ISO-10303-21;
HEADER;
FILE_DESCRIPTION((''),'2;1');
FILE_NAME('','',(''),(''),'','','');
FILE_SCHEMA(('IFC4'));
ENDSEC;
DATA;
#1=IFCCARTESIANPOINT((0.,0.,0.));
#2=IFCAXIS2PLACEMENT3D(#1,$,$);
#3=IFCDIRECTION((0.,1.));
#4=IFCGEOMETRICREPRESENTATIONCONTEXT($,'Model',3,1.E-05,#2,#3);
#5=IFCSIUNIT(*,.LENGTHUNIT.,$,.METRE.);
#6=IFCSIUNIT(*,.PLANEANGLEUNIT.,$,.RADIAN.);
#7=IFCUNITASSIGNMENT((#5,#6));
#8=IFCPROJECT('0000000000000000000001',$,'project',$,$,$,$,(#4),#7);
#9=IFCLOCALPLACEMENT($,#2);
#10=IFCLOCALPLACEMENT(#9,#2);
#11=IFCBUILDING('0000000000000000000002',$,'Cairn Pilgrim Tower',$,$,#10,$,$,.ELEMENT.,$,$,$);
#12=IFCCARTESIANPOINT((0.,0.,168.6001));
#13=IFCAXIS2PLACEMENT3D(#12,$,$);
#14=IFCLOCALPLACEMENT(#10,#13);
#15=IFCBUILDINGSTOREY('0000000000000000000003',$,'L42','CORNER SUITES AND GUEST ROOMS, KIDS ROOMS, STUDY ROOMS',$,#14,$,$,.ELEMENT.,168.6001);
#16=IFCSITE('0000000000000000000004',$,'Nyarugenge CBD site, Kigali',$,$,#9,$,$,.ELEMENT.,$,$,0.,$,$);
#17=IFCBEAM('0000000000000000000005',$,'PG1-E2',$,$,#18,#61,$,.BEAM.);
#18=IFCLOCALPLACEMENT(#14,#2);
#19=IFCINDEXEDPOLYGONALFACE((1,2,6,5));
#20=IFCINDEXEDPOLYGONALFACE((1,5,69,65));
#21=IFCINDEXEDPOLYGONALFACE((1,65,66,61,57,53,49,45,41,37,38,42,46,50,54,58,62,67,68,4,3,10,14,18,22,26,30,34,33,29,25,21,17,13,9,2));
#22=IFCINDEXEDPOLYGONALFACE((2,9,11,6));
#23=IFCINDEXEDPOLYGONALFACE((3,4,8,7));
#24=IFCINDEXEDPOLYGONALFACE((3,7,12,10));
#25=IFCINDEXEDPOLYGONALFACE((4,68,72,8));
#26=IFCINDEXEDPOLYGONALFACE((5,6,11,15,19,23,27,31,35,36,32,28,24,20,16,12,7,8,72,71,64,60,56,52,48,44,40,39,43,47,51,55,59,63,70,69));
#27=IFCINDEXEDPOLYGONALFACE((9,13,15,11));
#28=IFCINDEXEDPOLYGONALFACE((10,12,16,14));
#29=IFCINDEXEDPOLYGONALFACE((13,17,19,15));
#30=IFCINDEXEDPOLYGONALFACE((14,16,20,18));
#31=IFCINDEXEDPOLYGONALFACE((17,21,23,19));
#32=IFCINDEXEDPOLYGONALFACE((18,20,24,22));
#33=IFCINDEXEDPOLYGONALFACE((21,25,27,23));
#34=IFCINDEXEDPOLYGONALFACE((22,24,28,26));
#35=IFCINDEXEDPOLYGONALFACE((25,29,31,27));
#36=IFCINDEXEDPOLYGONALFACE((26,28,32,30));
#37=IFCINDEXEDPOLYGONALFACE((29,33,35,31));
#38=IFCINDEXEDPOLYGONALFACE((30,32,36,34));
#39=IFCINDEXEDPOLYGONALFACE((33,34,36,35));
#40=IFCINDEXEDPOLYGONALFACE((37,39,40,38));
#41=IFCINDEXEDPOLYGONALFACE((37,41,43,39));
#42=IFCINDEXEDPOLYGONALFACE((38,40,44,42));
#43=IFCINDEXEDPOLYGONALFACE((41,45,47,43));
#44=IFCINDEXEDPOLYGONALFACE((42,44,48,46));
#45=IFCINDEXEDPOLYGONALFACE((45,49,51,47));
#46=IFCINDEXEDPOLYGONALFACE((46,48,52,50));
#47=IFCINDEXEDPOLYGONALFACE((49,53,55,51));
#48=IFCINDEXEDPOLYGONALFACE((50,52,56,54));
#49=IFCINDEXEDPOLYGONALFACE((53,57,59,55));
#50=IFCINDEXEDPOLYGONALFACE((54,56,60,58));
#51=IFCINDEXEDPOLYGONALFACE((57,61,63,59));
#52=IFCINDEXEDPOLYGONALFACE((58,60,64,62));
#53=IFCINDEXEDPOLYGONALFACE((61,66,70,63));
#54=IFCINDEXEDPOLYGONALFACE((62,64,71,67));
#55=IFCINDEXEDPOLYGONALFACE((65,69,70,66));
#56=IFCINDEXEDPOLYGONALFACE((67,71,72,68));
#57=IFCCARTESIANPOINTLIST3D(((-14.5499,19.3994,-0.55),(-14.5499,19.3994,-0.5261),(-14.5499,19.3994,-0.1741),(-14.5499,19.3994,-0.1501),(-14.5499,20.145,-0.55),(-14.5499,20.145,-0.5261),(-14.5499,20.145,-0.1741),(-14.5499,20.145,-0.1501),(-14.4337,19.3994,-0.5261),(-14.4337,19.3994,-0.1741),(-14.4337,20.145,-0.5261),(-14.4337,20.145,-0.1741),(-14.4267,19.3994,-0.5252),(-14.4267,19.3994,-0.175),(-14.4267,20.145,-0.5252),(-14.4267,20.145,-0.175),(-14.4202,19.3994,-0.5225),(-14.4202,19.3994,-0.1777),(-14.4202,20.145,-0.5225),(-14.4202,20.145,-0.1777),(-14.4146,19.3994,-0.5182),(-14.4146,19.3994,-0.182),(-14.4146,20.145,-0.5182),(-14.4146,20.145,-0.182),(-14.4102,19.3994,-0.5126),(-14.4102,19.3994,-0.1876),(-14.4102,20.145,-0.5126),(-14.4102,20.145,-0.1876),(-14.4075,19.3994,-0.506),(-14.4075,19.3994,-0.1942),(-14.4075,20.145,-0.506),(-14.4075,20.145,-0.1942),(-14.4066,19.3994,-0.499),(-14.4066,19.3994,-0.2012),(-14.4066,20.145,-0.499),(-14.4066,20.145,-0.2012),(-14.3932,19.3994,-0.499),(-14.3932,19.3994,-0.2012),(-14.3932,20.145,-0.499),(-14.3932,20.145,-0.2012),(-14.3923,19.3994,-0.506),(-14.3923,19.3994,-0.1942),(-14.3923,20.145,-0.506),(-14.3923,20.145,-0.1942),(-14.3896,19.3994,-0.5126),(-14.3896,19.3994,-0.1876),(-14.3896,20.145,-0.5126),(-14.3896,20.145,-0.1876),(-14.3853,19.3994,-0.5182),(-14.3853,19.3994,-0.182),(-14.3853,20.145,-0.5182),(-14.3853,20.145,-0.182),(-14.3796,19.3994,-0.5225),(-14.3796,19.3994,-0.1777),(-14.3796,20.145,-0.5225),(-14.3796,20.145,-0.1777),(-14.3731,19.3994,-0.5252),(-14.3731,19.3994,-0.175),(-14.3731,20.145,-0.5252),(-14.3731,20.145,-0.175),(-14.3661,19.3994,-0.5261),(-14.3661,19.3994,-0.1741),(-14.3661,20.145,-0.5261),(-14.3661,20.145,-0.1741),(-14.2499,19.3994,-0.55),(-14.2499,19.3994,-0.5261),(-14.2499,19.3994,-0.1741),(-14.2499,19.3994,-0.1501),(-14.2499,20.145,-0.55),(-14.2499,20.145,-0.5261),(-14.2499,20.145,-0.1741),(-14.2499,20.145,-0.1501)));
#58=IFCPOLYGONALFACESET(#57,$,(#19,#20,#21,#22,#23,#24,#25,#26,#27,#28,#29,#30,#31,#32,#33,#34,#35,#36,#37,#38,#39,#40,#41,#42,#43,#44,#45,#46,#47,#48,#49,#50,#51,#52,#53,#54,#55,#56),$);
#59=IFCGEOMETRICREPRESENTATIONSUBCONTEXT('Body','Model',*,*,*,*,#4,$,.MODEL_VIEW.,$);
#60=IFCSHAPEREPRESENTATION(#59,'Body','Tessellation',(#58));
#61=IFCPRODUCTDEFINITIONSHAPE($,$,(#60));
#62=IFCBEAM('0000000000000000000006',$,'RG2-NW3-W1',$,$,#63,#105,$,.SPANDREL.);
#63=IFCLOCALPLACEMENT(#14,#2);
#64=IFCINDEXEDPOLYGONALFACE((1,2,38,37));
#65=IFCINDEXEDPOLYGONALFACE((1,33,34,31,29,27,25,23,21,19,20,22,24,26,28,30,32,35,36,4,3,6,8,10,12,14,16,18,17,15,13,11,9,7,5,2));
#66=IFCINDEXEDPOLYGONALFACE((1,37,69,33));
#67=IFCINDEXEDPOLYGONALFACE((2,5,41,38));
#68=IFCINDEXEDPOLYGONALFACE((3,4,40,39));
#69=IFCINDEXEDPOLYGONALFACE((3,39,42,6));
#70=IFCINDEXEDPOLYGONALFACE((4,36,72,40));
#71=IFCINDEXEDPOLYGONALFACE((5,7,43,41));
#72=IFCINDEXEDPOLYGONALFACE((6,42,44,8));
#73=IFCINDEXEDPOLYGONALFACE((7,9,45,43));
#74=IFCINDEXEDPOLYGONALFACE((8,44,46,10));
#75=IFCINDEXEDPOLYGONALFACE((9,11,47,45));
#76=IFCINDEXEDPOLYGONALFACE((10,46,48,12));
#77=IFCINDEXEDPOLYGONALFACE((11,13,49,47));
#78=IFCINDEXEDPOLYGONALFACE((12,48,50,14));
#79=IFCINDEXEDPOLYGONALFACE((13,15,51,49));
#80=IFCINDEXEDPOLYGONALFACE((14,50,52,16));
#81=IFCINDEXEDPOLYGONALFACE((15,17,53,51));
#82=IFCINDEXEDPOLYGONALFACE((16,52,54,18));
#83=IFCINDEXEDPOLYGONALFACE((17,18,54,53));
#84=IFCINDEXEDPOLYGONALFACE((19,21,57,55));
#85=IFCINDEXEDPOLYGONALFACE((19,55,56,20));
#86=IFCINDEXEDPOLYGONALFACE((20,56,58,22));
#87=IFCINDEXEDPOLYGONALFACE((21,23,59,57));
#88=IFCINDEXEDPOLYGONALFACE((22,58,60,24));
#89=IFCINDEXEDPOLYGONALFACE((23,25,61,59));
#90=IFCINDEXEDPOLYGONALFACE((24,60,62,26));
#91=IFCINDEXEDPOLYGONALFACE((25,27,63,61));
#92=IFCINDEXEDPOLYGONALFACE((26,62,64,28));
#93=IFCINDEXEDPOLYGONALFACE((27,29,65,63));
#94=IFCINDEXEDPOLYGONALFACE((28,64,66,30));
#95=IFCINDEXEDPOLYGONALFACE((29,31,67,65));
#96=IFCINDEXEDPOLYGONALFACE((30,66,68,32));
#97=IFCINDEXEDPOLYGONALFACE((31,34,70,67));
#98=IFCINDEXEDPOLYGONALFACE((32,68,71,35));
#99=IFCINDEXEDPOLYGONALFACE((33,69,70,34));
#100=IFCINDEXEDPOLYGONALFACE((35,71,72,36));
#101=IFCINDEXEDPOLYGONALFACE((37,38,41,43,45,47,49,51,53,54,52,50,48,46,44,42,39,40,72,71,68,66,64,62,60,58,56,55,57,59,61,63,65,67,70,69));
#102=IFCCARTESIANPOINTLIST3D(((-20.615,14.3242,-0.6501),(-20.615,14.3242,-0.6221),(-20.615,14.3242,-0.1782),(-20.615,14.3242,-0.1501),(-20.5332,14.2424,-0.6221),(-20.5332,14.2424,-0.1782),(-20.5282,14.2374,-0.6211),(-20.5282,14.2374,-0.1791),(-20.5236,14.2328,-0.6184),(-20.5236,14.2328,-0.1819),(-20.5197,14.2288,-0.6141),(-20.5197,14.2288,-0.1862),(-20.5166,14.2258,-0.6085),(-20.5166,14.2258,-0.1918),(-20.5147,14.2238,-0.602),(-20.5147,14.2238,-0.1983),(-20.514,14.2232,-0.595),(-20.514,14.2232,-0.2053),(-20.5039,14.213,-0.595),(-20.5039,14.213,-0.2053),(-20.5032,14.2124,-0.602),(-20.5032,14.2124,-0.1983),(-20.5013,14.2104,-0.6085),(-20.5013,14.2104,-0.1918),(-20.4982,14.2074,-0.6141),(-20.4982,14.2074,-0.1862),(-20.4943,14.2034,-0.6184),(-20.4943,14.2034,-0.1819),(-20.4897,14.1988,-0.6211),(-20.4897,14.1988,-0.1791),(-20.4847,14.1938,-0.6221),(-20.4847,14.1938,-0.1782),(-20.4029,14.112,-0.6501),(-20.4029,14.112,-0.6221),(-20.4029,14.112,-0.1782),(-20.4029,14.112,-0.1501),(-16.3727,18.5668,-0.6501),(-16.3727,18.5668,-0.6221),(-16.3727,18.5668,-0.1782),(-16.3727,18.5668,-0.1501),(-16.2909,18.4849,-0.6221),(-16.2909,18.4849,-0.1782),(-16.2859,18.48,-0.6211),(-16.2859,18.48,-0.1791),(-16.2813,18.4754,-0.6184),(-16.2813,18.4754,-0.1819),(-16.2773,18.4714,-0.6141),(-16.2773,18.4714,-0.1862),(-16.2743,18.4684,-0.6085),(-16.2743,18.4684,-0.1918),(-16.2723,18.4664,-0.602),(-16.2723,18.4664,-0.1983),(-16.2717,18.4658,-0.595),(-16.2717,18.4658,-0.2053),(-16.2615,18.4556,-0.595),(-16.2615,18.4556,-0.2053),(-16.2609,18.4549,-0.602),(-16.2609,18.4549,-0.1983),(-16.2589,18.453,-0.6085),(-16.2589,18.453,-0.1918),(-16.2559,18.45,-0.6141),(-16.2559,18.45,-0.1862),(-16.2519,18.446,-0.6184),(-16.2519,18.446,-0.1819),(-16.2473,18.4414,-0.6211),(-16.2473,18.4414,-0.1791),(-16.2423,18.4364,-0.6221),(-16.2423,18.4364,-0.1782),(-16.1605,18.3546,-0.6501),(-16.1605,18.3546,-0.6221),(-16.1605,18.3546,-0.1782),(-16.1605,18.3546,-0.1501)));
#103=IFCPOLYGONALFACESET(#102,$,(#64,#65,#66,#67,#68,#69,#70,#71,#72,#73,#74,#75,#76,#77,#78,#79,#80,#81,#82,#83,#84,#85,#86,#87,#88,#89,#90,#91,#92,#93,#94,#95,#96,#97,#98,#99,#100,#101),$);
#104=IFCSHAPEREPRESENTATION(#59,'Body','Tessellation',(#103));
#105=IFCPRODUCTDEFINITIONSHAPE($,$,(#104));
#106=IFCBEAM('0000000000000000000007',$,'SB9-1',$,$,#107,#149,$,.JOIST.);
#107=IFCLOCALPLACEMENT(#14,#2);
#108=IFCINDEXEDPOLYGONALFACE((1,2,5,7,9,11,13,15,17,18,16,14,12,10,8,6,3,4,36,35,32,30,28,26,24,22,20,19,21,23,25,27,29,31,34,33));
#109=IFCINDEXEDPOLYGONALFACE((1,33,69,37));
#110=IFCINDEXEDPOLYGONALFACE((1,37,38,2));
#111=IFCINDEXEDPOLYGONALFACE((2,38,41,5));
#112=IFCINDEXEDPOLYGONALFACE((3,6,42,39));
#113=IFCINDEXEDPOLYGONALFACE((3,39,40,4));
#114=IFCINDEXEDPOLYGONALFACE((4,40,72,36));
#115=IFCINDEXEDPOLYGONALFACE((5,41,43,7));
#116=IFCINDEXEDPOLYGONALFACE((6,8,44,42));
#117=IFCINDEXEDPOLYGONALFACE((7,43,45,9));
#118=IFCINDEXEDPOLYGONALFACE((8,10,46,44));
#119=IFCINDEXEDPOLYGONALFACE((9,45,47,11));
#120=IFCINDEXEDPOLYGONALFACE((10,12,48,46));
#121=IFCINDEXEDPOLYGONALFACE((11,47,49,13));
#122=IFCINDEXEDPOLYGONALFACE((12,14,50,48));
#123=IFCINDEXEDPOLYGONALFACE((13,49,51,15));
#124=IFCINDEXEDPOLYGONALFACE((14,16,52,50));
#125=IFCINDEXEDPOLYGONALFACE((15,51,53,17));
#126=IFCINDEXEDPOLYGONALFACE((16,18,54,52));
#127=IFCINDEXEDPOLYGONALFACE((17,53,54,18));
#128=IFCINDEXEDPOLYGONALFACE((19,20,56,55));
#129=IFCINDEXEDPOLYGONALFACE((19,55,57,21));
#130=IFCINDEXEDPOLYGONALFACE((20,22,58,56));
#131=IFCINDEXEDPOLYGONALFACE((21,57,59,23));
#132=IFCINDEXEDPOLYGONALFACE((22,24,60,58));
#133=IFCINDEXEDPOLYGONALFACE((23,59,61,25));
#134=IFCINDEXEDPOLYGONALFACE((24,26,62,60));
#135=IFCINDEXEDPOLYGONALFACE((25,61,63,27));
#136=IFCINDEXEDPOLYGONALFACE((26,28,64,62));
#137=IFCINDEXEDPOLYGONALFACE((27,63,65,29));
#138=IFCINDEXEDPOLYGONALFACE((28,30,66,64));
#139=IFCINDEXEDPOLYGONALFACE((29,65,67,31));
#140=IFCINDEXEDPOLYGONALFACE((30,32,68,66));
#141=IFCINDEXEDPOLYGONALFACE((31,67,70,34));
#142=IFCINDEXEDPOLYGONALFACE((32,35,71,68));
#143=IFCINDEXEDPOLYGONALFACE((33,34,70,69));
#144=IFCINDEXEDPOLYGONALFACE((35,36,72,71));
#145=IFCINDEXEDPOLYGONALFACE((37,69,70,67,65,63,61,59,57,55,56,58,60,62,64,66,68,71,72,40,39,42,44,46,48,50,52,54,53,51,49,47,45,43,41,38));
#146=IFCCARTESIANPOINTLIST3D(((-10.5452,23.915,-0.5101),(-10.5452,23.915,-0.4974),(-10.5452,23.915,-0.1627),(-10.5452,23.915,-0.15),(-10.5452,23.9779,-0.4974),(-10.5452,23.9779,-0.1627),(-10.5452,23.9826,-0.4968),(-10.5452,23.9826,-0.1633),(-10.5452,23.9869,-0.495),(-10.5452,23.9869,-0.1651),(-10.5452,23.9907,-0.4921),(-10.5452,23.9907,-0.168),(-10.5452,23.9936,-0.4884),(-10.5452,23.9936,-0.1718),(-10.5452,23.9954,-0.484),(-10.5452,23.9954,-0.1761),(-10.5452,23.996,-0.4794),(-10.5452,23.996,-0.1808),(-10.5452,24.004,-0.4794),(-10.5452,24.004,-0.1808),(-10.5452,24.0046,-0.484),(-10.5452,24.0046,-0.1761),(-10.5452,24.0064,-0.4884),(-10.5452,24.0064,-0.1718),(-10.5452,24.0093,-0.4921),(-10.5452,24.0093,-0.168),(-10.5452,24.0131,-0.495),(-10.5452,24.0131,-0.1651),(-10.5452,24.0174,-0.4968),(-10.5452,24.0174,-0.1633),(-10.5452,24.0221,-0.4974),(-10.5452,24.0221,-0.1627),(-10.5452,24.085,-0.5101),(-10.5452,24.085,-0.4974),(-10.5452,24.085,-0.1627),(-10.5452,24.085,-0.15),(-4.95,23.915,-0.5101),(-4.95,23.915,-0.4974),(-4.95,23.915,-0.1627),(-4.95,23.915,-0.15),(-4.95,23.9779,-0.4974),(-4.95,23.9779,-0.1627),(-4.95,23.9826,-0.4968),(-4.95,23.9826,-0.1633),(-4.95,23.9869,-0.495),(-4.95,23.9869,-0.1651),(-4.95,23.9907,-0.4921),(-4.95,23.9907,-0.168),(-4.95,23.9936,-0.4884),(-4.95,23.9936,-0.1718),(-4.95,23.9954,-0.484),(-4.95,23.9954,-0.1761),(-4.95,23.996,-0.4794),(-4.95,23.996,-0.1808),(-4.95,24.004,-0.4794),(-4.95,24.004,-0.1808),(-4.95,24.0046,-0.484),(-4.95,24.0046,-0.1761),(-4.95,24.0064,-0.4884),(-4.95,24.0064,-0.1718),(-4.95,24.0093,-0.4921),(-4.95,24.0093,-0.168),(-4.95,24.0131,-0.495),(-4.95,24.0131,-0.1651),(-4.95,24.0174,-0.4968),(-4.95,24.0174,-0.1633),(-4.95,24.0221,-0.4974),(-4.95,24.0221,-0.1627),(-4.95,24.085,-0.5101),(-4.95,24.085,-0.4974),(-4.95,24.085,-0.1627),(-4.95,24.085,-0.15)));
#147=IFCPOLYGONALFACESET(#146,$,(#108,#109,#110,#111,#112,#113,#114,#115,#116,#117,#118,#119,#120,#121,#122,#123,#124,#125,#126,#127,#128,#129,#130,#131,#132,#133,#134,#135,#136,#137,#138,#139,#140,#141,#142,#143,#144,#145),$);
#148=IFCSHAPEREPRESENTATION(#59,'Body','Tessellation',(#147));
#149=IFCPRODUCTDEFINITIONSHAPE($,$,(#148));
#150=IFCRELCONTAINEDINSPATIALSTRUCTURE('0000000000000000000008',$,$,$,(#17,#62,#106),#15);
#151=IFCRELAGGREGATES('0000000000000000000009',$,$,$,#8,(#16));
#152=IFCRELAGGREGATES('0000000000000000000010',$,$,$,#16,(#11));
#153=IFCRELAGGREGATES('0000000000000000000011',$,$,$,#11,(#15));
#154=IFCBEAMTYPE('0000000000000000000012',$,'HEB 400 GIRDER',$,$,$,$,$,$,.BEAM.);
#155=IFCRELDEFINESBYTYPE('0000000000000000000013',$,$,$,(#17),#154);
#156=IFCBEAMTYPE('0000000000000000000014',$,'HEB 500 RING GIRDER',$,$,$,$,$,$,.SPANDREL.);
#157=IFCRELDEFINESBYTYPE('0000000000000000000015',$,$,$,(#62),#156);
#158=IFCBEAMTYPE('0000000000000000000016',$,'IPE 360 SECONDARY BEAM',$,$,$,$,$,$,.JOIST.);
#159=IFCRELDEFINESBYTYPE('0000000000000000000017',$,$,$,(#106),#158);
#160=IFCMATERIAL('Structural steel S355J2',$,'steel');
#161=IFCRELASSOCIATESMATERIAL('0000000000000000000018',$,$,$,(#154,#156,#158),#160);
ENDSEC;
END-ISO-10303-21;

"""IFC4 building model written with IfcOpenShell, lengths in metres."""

from ifc_helpers import new_model, si_unit, direction, frame, origin, origin_2d, place, context, subcontext, project, spatial, i_section, extrude, material, material_profile, profile_set, type_object, element, save


model = new_model("IFC4")

# Units and contexts
model_context = context("Model", 3, precision=1e-05, world=origin(), true_north=direction((0.0, 1.0)))
body_context = subcontext(model_context, "Body", "Model", "MODEL_VIEW")
ifc_project = project(units=[si_unit("LENGTHUNIT", "METRE"), si_unit("PLANEANGLEUNIT", "RADIAN")], contexts=[model_context])

# Site, building, storey
site_placement = place(None, origin())
site = spatial("IfcSite", under=ifc_project, at=site_placement, Name="Nyarugenge CBD site, Kigali", CompositionType="ELEMENT", RefElevation=0.0)
building_placement = place(site_placement, origin())
building = spatial("IfcBuilding", under=site, at=building_placement, Name="Cairn Pilgrim Tower", CompositionType="ELEMENT")
storey_placement = place(building_placement, frame((0.0, 0.0, 168.6001)))
storey = spatial("IfcBuildingStorey", under=building, at=storey_placement, Name="L42", Description="CORNER SUITES AND GUEST ROOMS, KIDS ROOMS, STUDY ROOMS", CompositionType="ELEMENT", Elevation=168.6001)

# Shared definitions
ifc_material_1 = material(Name="Structural steel S355J2", Category="steel")

# Beams
ifc_material_profile_1 = material_profile(ifc_material_1, i_section(OverallWidth=0.3, OverallDepth=0.3999, WebThickness=0.0134, FlangeThickness=0.0239, FilletRadius=0.0271, at=origin_2d()), Name="HEB 400")
ifc_profile_set_1 = profile_set([ifc_material_profile_1], Name="Structural steel S355J2")
beam_type_1 = type_object("IfcBeamType", Name="HEB 400 GIRDER", PredefinedType="BEAM", material=ifc_profile_set_1)
beam_1_placement = place(storey_placement, frame((-14.3999, 19.3994, -0.3501), z_axis=(0.0, 1.0, 0.0), x_axis=(-1.0, 0.0, 0.0)))
element("IfcBeam", 1, at=beam_1_placement, inside=storey, type_object=beam_type_1, Name="PG1-E2", PredefinedType="BEAM", context=body_context, shape_type="SweptSolid", body=[
    extrude(i_section(OverallWidth=0.3, OverallDepth=0.3999, WebThickness=0.0134, FlangeThickness=0.0239, FilletRadius=0.0271, at=origin_2d()), origin(), (0.0, 0.0, 1.0), 0.7456),
])
ifc_material_profile_2 = material_profile(ifc_material_1, i_section(OverallWidth=0.3, OverallDepth=0.5, WebThickness=0.0144, FlangeThickness=0.0281, FilletRadius=0.0271, at=origin_2d()), Name="HEB 500")
ifc_profile_set_2 = profile_set([ifc_material_profile_2], Name="Structural steel S355J2")
beam_type_2 = type_object("IfcBeamType", Name="HEB 500 RING GIRDER", PredefinedType="SPANDREL", material=ifc_profile_set_2)
beam_2_placement = place(storey_placement, frame((-16.2666, 18.4607, -0.4001), z_axis=(-0.707086, -0.707127, 0.0), x_axis=(0.707127, -0.707086, 0.0)))
element("IfcBeam", 2, at=beam_2_placement, inside=storey, type_object=beam_type_2, Name="RG2-NW3-W1", PredefinedType="SPANDREL", context=body_context, shape_type="SweptSolid", body=[
    extrude(i_section(OverallWidth=0.3, OverallDepth=0.5, WebThickness=0.0144, FlangeThickness=0.0281, FilletRadius=0.0271, at=origin_2d()), origin(), (0.0, 0.0, 1.0), 5.9998),
])
ifc_material_profile_3 = material_profile(ifc_material_1, i_section(OverallWidth=0.1699, OverallDepth=0.3601, WebThickness=0.0081, FlangeThickness=0.0127, FilletRadius=0.0181, at=origin_2d()), Name="IPE 360")
ifc_profile_set_3 = profile_set([ifc_material_profile_3], Name="Structural steel S355J2")
beam_type_3 = type_object("IfcBeamType", Name="IPE 360 SECONDARY BEAM", PredefinedType="JOIST", material=ifc_profile_set_3)
beam_3_placement = place(storey_placement, frame((-10.5452, 24.0, -0.3301), z_axis=(1.0, 0.0, 0.0), x_axis=(0.0, 1.0, 0.0)))
element("IfcBeam", 3, at=beam_3_placement, inside=storey, type_object=beam_type_3, Name="SB9-1", PredefinedType="JOIST", context=body_context, shape_type="SweptSolid", body=[
    extrude(i_section(OverallWidth=0.1699, OverallDepth=0.3601, WebThickness=0.0081, FlangeThickness=0.0127, FilletRadius=0.0181, at=origin_2d()), origin(), (0.0, 0.0, 1.0), 5.5952),
])

save(model, "model.ifc")
